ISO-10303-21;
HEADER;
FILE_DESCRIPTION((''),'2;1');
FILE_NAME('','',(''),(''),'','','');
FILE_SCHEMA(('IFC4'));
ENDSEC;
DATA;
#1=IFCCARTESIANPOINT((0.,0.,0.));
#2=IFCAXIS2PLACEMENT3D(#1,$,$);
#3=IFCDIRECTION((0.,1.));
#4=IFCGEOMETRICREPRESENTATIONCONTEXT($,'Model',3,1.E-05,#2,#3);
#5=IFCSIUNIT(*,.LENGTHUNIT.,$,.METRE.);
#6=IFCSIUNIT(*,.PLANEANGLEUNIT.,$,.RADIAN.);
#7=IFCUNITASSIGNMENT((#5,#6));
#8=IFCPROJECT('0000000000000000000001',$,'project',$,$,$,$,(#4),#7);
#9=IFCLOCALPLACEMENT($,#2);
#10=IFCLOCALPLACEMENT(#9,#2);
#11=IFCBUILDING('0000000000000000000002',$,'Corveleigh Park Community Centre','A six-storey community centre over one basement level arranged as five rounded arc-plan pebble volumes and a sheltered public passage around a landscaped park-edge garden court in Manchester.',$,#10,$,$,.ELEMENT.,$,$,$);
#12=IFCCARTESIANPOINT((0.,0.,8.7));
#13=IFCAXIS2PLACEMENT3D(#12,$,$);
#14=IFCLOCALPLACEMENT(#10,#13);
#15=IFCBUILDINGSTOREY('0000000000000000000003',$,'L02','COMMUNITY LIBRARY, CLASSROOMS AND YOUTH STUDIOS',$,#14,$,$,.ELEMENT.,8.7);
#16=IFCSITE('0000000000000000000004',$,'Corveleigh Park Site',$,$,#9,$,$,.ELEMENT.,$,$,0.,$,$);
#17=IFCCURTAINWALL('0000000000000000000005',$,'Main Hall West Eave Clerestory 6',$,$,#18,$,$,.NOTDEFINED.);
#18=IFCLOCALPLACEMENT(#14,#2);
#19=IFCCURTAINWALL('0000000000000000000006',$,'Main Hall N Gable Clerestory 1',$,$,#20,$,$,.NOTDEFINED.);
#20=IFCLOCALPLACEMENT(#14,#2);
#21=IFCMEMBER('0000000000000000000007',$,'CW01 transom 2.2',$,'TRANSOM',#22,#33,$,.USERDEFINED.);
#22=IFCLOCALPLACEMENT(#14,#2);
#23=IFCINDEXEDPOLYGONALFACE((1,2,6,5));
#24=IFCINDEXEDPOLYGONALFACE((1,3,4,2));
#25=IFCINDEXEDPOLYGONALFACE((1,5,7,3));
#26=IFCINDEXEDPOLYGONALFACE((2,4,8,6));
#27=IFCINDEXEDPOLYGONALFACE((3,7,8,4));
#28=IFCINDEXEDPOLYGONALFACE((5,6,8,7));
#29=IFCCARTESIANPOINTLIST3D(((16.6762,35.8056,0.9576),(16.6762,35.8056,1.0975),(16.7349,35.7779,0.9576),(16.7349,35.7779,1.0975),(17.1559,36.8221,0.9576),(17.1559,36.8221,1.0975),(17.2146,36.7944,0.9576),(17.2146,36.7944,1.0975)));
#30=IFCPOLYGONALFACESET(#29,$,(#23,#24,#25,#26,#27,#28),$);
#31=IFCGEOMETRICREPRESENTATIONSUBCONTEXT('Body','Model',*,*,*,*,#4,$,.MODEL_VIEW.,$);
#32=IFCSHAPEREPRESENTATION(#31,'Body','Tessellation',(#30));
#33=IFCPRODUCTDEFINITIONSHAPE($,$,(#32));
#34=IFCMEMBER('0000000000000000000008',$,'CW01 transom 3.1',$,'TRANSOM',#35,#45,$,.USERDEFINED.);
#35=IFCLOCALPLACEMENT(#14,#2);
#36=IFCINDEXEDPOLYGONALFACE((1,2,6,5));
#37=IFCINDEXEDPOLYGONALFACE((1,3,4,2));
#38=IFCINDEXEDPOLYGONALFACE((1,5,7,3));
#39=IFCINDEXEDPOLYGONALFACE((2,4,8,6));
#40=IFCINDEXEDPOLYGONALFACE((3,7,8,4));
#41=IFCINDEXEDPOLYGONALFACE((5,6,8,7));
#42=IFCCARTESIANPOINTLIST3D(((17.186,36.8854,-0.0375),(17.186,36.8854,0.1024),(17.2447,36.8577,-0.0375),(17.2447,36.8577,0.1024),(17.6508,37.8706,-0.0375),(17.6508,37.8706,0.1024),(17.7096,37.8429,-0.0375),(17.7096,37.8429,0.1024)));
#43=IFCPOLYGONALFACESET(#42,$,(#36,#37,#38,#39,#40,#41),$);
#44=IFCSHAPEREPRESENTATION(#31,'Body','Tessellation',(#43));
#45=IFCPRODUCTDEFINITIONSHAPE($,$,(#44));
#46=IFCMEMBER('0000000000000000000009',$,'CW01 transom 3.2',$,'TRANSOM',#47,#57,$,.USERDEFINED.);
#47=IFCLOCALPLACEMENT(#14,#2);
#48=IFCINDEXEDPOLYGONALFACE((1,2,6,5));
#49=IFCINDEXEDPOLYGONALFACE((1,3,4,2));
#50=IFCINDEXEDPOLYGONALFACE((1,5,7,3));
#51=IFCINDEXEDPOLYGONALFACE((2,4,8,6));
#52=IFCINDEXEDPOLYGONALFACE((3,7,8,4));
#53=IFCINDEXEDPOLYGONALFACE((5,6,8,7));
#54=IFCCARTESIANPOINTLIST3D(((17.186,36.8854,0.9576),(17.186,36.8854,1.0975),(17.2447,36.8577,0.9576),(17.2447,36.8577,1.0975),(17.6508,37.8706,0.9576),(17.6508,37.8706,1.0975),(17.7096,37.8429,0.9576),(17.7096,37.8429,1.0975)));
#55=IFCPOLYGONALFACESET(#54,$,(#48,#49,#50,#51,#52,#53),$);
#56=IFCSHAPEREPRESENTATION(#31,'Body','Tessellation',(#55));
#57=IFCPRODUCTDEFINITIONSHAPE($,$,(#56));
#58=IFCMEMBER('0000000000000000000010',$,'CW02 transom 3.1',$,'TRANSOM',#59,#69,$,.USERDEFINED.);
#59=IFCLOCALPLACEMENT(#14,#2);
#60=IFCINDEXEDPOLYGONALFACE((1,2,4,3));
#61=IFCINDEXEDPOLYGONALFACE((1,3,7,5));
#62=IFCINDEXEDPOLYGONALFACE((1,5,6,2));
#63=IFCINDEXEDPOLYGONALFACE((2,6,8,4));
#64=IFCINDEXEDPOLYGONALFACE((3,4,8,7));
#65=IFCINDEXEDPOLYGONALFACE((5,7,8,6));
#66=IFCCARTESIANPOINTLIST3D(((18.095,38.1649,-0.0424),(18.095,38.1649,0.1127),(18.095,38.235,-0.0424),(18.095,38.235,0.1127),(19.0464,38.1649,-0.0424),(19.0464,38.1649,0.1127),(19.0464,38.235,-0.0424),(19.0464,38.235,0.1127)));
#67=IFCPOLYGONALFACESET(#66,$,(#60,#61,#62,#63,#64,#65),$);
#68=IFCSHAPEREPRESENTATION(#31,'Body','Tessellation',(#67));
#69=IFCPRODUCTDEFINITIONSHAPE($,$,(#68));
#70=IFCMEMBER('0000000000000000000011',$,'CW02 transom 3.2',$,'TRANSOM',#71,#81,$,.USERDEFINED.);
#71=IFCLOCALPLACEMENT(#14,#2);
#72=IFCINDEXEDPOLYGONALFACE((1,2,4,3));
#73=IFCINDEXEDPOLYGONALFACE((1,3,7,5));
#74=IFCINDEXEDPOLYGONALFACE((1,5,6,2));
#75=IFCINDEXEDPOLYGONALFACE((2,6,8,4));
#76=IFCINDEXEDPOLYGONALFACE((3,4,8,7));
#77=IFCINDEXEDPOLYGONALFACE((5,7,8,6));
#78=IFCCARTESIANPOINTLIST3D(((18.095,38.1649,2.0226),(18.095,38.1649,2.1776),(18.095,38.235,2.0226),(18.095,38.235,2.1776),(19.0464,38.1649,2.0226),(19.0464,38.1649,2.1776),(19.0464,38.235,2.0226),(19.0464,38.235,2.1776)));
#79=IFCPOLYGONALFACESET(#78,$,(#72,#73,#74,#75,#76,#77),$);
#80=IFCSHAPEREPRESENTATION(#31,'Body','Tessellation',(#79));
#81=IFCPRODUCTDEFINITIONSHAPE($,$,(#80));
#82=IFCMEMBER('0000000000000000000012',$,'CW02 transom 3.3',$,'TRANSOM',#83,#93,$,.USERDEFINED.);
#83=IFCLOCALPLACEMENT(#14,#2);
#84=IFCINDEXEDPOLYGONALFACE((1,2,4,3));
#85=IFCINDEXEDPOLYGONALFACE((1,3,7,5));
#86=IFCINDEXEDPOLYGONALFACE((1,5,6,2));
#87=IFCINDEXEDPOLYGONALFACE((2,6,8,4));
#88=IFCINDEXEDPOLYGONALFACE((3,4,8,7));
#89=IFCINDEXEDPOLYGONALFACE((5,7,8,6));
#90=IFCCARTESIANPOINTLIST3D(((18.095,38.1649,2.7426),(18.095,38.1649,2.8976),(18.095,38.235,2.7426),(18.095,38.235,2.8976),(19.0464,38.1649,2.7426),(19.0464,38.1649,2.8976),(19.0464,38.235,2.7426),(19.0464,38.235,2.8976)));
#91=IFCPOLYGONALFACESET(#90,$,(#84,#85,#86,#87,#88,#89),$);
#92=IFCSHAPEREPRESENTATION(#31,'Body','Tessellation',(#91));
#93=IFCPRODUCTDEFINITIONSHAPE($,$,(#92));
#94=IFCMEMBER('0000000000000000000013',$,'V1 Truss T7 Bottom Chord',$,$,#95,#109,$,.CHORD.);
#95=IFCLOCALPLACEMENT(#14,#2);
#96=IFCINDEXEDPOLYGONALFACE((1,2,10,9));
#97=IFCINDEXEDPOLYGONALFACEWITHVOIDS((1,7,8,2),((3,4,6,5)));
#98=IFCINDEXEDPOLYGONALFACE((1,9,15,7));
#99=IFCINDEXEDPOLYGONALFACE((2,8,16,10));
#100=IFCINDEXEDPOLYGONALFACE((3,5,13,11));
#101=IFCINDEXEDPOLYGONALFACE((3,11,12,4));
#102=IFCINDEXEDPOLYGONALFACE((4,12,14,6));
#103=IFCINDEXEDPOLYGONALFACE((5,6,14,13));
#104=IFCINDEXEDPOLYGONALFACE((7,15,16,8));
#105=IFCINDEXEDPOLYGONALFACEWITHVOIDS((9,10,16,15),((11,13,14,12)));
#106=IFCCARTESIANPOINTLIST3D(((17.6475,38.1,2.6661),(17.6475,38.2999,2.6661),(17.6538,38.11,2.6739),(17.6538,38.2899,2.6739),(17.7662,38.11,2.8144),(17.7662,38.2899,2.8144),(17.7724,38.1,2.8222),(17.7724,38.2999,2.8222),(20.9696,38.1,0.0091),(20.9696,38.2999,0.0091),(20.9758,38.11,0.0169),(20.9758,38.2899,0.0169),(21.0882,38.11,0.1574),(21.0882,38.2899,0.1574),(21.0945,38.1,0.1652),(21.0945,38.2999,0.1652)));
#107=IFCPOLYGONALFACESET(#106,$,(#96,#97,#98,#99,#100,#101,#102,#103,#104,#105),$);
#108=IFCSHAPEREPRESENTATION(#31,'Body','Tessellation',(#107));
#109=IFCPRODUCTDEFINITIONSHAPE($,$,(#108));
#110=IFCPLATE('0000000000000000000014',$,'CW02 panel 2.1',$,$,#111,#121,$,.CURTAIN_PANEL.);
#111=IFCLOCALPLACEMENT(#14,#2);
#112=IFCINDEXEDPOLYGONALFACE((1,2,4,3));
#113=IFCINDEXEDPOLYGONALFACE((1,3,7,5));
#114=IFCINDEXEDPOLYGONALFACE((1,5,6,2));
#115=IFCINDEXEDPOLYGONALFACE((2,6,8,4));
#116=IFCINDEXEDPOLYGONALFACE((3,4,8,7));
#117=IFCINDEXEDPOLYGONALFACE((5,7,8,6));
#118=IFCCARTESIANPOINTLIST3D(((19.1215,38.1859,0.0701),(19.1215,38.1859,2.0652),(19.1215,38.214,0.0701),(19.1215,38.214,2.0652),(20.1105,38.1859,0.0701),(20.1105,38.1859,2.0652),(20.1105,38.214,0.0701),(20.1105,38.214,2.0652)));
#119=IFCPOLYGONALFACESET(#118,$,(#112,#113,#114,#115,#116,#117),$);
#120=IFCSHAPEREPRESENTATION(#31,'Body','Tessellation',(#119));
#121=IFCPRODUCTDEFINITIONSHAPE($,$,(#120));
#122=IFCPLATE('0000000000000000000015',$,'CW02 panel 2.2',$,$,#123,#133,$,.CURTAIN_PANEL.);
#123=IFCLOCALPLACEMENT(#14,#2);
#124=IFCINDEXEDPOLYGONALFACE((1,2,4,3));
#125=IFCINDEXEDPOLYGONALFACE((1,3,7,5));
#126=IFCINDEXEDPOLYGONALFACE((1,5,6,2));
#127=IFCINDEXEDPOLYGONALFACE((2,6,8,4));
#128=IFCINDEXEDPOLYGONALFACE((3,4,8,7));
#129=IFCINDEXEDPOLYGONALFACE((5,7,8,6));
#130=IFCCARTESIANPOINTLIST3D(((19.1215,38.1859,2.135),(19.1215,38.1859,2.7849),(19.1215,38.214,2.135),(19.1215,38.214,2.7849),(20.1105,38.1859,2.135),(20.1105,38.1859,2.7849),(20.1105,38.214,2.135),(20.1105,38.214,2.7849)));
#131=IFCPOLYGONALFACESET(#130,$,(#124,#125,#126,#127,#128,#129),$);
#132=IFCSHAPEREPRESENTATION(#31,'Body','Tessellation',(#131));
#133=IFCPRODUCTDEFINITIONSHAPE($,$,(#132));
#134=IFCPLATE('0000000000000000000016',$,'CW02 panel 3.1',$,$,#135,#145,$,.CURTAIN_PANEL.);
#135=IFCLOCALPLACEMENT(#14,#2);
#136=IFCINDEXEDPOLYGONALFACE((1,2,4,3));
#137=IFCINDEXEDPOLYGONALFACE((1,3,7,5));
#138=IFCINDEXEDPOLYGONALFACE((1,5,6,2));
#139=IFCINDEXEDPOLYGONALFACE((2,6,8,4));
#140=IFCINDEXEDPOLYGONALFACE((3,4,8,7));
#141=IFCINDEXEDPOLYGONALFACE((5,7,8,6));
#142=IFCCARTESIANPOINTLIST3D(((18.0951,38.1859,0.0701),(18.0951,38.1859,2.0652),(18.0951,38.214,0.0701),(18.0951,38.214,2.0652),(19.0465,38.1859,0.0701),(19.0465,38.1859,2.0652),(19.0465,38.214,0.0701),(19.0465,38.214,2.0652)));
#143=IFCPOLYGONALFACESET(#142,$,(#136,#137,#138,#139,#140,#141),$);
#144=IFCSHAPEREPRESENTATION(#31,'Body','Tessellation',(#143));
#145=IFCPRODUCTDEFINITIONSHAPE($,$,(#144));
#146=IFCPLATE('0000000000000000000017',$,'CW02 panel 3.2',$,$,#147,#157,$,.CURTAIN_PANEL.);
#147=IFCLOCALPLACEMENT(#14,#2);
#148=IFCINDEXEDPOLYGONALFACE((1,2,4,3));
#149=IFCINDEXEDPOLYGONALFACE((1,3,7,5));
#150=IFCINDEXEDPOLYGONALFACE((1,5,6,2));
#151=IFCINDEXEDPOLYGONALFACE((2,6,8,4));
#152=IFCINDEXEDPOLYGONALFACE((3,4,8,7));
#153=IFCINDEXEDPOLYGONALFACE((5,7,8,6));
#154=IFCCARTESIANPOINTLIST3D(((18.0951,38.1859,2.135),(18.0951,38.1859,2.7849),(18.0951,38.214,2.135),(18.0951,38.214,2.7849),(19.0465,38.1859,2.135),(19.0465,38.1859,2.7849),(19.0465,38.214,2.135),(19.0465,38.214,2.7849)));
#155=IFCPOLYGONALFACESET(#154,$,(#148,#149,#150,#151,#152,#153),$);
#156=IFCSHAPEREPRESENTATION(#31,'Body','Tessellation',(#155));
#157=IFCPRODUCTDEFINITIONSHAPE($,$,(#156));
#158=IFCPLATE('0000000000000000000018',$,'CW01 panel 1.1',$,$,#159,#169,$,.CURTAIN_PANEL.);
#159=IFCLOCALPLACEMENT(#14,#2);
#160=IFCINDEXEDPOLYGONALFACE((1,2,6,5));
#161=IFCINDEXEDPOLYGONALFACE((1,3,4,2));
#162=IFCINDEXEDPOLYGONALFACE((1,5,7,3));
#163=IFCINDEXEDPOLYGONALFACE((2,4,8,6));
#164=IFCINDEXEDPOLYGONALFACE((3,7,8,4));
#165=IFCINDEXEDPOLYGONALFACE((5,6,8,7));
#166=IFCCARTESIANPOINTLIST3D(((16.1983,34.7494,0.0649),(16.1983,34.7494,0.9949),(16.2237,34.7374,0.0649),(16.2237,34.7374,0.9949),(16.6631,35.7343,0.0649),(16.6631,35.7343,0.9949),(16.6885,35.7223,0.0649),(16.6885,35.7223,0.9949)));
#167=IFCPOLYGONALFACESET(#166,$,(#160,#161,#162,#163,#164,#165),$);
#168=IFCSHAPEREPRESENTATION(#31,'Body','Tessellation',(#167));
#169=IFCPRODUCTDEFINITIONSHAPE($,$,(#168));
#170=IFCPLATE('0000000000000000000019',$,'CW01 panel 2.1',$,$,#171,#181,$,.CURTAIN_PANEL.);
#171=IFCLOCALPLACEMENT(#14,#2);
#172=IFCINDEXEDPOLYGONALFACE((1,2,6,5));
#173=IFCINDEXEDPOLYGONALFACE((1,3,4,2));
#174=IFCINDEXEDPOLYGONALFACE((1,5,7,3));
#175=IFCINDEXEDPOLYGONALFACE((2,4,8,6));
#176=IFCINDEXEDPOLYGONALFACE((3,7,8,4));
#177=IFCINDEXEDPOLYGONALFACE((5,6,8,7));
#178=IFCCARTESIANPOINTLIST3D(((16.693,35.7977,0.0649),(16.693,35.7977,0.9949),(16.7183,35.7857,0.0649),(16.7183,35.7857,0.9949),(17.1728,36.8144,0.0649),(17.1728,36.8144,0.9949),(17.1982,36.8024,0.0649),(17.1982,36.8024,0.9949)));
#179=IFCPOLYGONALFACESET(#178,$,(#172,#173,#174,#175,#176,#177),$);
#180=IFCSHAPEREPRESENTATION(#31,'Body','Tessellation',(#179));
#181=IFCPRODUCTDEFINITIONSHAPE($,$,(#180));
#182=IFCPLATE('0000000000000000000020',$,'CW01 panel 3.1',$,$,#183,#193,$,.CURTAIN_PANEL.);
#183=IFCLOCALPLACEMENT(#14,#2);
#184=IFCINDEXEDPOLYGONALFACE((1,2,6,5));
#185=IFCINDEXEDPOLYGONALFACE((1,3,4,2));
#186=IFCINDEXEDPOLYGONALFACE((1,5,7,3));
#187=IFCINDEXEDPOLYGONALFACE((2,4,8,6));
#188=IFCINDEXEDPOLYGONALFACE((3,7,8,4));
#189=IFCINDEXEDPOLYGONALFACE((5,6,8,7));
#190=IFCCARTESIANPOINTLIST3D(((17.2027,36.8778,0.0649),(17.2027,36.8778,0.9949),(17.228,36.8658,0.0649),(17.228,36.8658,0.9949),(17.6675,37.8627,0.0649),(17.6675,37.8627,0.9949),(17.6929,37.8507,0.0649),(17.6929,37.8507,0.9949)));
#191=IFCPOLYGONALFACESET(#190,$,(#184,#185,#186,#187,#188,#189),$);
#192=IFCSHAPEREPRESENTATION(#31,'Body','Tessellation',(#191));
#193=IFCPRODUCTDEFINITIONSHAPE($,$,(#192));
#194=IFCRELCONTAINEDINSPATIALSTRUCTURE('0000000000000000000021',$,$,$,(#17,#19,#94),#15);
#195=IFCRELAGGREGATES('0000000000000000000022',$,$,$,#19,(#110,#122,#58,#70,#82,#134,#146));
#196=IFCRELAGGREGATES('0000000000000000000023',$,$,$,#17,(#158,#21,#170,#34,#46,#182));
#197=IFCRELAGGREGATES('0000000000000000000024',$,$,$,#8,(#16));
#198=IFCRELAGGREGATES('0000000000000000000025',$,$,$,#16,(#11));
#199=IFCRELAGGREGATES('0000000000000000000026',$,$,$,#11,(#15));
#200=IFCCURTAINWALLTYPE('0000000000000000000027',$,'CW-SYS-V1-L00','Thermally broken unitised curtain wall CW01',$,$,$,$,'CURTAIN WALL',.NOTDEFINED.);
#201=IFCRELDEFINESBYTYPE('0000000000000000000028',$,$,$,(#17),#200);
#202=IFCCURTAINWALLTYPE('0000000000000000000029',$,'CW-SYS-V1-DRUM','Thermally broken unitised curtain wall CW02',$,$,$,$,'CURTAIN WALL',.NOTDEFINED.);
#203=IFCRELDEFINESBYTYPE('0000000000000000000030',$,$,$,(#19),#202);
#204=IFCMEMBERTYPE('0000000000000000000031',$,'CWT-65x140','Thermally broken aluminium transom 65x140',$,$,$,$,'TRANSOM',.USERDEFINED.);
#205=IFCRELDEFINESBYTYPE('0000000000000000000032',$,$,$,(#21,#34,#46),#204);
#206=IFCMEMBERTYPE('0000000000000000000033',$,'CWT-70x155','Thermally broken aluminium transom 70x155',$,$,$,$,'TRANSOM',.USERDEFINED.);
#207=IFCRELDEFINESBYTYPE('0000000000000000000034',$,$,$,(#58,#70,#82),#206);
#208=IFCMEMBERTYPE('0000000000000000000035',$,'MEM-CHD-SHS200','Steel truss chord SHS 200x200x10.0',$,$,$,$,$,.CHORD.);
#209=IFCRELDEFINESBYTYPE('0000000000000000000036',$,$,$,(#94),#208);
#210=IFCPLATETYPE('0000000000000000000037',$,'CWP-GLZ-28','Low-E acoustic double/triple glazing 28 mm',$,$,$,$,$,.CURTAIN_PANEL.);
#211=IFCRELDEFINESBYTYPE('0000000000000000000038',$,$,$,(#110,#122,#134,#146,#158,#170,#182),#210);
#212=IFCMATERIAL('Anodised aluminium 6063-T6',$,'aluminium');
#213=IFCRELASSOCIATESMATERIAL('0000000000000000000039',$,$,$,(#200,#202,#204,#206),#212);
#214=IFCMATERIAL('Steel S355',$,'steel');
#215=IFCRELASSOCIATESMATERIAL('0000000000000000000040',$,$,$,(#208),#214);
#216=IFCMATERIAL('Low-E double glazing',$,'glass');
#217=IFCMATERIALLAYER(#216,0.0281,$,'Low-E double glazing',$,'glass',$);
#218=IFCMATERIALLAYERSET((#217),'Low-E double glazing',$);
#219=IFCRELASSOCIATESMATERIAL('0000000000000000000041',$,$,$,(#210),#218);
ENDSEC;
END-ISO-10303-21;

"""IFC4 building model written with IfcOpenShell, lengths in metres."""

from ifc_helpers import new_model, si_unit, direction, frame, origin, origin_2d, place, context, subcontext, project, spatial, rectangle, hollow_rectangle, extrude, material, layer, layer_set, material_profile, profile_set, type_object, element, aggregate, save


model = new_model("IFC4")

# Units and contexts
model_context = context("Model", 3, precision=1e-05, world=origin(), true_north=direction((0.0, 1.0)))
body_context = subcontext(model_context, "Body", "Model", "MODEL_VIEW")
ifc_project = project(units=[si_unit("LENGTHUNIT", "METRE"), si_unit("PLANEANGLEUNIT", "RADIAN")], contexts=[model_context])

# Site, building, storey
site_placement = place(None, origin())
site = spatial("IfcSite", under=ifc_project, at=site_placement, Name="Corveleigh Park Site", CompositionType="ELEMENT", RefElevation=0.0)
building_placement = place(site_placement, origin())
building = spatial("IfcBuilding", under=site, at=building_placement, Name="Corveleigh Park Community Centre", Description="A six-storey community centre over one basement level arranged as five rounded arc-plan pebble volumes and a sheltered public passage around a landscaped park-edge garden court in Manchester.", CompositionType="ELEMENT")
storey_placement = place(building_placement, frame((0.0, 0.0, 8.7)))
storey = spatial("IfcBuildingStorey", under=building, at=storey_placement, Name="L02", Description="COMMUNITY LIBRARY, CLASSROOMS AND YOUTH STUDIOS", CompositionType="ELEMENT", Elevation=8.7)

# Shared definitions
ifc_material_1 = material(Name="Steel S355", Category="steel")

# Curtain walls
ifc_material_2 = material(Name="Anodised aluminium 6063-T6", Category="aluminium")
curtain_wall_type_1 = type_object("IfcCurtainWallType", Name="CW-SYS-V1-L00", Description="Thermally broken unitised curtain wall CW01", ElementType="CURTAIN WALL", PredefinedType="NOTDEFINED", material=ifc_material_2)
curtain_wall_1_placement = place(storey_placement, origin())
curtain_wall_1 = element("IfcCurtainWall", 1, at=curtain_wall_1_placement, inside=storey, type_object=curtain_wall_type_1, Name="Main Hall West Eave Clerestory 6", PredefinedType="NOTDEFINED")
curtain_wall_type_2 = type_object("IfcCurtainWallType", Name="CW-SYS-V1-DRUM", Description="Thermally broken unitised curtain wall CW02", ElementType="CURTAIN WALL", PredefinedType="NOTDEFINED", material=ifc_material_2)
curtain_wall_2_placement = place(storey_placement, origin())
curtain_wall_2 = element("IfcCurtainWall", 2, at=curtain_wall_2_placement, inside=storey, type_object=curtain_wall_type_2, Name="Main Hall N Gable Clerestory 1", PredefinedType="NOTDEFINED")

# Members
ifc_material_profile_1 = material_profile(ifc_material_2, rectangle(XDim=0.0649, YDim=0.1399, at=origin_2d()), Name="ALU-T65x140", Category="aluminium")
ifc_profile_set_1 = profile_set([ifc_material_profile_1], Name="Anodised aluminium 6063-T6")
member_type_1 = type_object("IfcMemberType", Name="CWT-65x140", Description="Thermally broken aluminium transom 65x140", ElementType="TRANSOM", PredefinedType="USERDEFINED", material=ifc_profile_set_1)
member_1_placement = place(storey_placement, frame((16.7056, 35.7917, 1.0276), z_axis=(0.42677, 0.90436, 0.0), x_axis=(-0.90436, 0.42677, 0.0)))
member_1 = element("IfcMember", 3, at=member_1_placement, type_object=member_type_1, Name="CW01 transom 2.2", ObjectType="TRANSOM", PredefinedType="USERDEFINED", context=body_context, shape_type="SweptSolid", body=[
    extrude(rectangle(XDim=0.0649, YDim=0.1399, at=origin_2d()), origin(), (0.0, 0.0, 1.0), 1.124),
])
member_2_placement = place(storey_placement, frame((17.2153, 36.8716, 0.0325), z_axis=(0.426747, 0.904371, 0.0), x_axis=(-0.904371, 0.426747, 0.0)))
member_2 = element("IfcMember", 4, at=member_2_placement, type_object=member_type_1, Name="CW01 transom 3.1", ObjectType="TRANSOM", PredefinedType="USERDEFINED", context=body_context, shape_type="SweptSolid", body=[
    extrude(rectangle(XDim=0.0649, YDim=0.1399, at=origin_2d()), origin(), (0.0, 0.0, 1.0), 1.0894),
])
member_3_placement = place(storey_placement, frame((17.2153, 36.8716, 1.0276), z_axis=(0.426747, 0.904371, 0.0), x_axis=(-0.904371, 0.426747, 0.0)))
member_3 = element("IfcMember", 5, at=member_3_placement, type_object=member_type_1, Name="CW01 transom 3.2", ObjectType="TRANSOM", PredefinedType="USERDEFINED", context=body_context, shape_type="SweptSolid", body=[
    extrude(rectangle(XDim=0.0649, YDim=0.1399, at=origin_2d()), origin(), (0.0, 0.0, 1.0), 1.0894),
])
ifc_material_profile_2 = material_profile(ifc_material_2, rectangle(XDim=0.0701, YDim=0.155, at=origin_2d()), Name="ALU-T70x155", Category="aluminium")
ifc_profile_set_2 = profile_set([ifc_material_profile_2], Name="Anodised aluminium 6063-T6")
member_type_2 = type_object("IfcMemberType", Name="CWT-70x155", Description="Thermally broken aluminium transom 70x155", ElementType="TRANSOM", PredefinedType="USERDEFINED", material=ifc_profile_set_2)
member_4_placement = place(storey_placement, frame((19.0464, 38.2, 0.0352), z_axis=(-1.0, 0.0, 0.0), x_axis=(0.0, -1.0, 0.0)))
member_4 = element("IfcMember", 6, at=member_4_placement, type_object=member_type_2, Name="CW02 transom 3.1", ObjectType="TRANSOM", PredefinedType="USERDEFINED", context=body_context, shape_type="SweptSolid", body=[
    extrude(rectangle(XDim=0.0701, YDim=0.155, at=origin_2d()), origin(), (0.0, 0.0, 1.0), 0.9514),
])
member_5_placement = place(storey_placement, frame((19.0464, 38.2, 2.1001), z_axis=(-1.0, 0.0, 0.0), x_axis=(0.0, -1.0, 0.0)))
member_5 = element("IfcMember", 7, at=member_5_placement, type_object=member_type_2, Name="CW02 transom 3.2", ObjectType="TRANSOM", PredefinedType="USERDEFINED", context=body_context, shape_type="SweptSolid", body=[
    extrude(rectangle(XDim=0.0701, YDim=0.155, at=origin_2d()), origin(), (0.0, 0.0, 1.0), 0.9514),
])
member_6_placement = place(storey_placement, frame((19.0464, 38.2, 2.8201), z_axis=(-1.0, 0.0, 0.0), x_axis=(0.0, -1.0, 0.0)))
member_6 = element("IfcMember", 8, at=member_6_placement, type_object=member_type_2, Name="CW02 transom 3.3", ObjectType="TRANSOM", PredefinedType="USERDEFINED", context=body_context, shape_type="SweptSolid", body=[
    extrude(rectangle(XDim=0.0701, YDim=0.155, at=origin_2d()), origin(), (0.0, 0.0, 1.0), 0.9514),
])
ifc_material_profile_3 = material_profile(ifc_material_1, hollow_rectangle(XDim=0.2, YDim=0.2, WallThickness=0.01, at=origin_2d()), Name="SHS 200x200x10.0", Category="steel")
ifc_profile_set_3 = profile_set([ifc_material_profile_3], Name="Steel S355")
member_type_3 = type_object("IfcMemberType", Name="MEM-CHD-SHS200", Description="Steel truss chord SHS 200x200x10.0", PredefinedType="CHORD", material=ifc_profile_set_3)
member_7_placement = place(storey_placement, frame((17.71, 38.2, 2.7441), z_axis=(0.780942, 0.0, -0.624604), x_axis=(0.0, 1.0, 0.0)))
element("IfcMember", 9, at=member_7_placement, inside=storey, type_object=member_type_3, Name="V1 Truss T7 Bottom Chord", PredefinedType="CHORD", context=body_context, shape_type="SweptSolid", body=[
    extrude(hollow_rectangle(XDim=0.2, YDim=0.2, WallThickness=0.01, at=origin_2d()), origin(), (0.0, 0.0, 1.0), 4.2539),
])

# Plates
ifc_material_3 = material(Name="Low-E double glazing", Category="glass")
ifc_layer_1 = layer(ifc_material_3, 0.0281, Name="Low-E double glazing", Category="glass")
ifc_layer_set_1 = layer_set([ifc_layer_1], Name="Low-E double glazing")
plate_type_1 = type_object("IfcPlateType", Name="CWP-GLZ-28", Description="Low-E acoustic double/triple glazing 28 mm", PredefinedType="CURTAIN_PANEL", material=ifc_layer_set_1)
plate_1_placement = place(storey_placement, frame((19.616, 38.2, 0.0701), z_axis=(0.0, 0.0, 1.0), x_axis=(-1.0, 0.0, 0.0)))
plate_1 = element("IfcPlate", 10, at=plate_1_placement, type_object=plate_type_1, Name="CW02 panel 2.1", PredefinedType="CURTAIN_PANEL", context=body_context, shape_type="SweptSolid", body=[
    extrude(rectangle(XDim=0.989, YDim=0.0281, at=origin_2d()), origin(), (0.0, 0.0, 1.0), 1.9951),
])
plate_2_placement = place(storey_placement, frame((19.616, 38.2, 2.135), z_axis=(0.0, 0.0, 1.0), x_axis=(-1.0, 0.0, 0.0)))
plate_2 = element("IfcPlate", 11, at=plate_2_placement, type_object=plate_type_1, Name="CW02 panel 2.2", PredefinedType="CURTAIN_PANEL", context=body_context, shape_type="SweptSolid", body=[
    extrude(rectangle(XDim=0.989, YDim=0.0281, at=origin_2d()), origin(), (0.0, 0.0, 1.0), 0.6499),
])
plate_3_placement = place(storey_placement, frame((18.5708, 38.2, 0.0701), z_axis=(0.0, 0.0, 1.0), x_axis=(-1.0, 0.0, 0.0)))
plate_3 = element("IfcPlate", 12, at=plate_3_placement, type_object=plate_type_1, Name="CW02 panel 3.1", PredefinedType="CURTAIN_PANEL", context=body_context, shape_type="SweptSolid", body=[
    extrude(rectangle(XDim=0.9514, YDim=0.0281, at=origin_2d()), origin(), (0.0, 0.0, 1.0), 1.9951),
])
plate_4_placement = place(storey_placement, frame((18.5708, 38.2, 2.135), z_axis=(0.0, 0.0, 1.0), x_axis=(-1.0, 0.0, 0.0)))
plate_4 = element("IfcPlate", 13, at=plate_4_placement, type_object=plate_type_1, Name="CW02 panel 3.2", PredefinedType="CURTAIN_PANEL", context=body_context, shape_type="SweptSolid", body=[
    extrude(rectangle(XDim=0.9514, YDim=0.0281, at=origin_2d()), origin(), (0.0, 0.0, 1.0), 0.6499),
])
aggregate(curtain_wall_2, [plate_1, plate_2, member_4, member_5, member_6, plate_3, plate_4])
plate_5_placement = place(storey_placement, frame((16.4434, 35.2358, 0.0649), z_axis=(0.0, 0.0, 1.0), x_axis=(0.426778, 0.904356, 0.0)))
plate_5 = element("IfcPlate", 14, at=plate_5_placement, type_object=plate_type_1, Name="CW01 panel 1.1", PredefinedType="CURTAIN_PANEL", context=body_context, shape_type="SweptSolid", body=[
    extrude(rectangle(XDim=1.0891, YDim=0.0281, at=origin_2d()), origin(), (0.0, 0.0, 1.0), 0.9299),
])
plate_6_placement = place(storey_placement, frame((16.9456, 36.3, 0.0649), z_axis=(0.0, 0.0, 1.0), x_axis=(0.426778, 0.904356, 0.0)))
plate_6 = element("IfcPlate", 15, at=plate_6_placement, type_object=plate_type_1, Name="CW01 panel 2.1", PredefinedType="CURTAIN_PANEL", context=body_context, shape_type="SweptSolid", body=[
    extrude(rectangle(XDim=1.1243, YDim=0.0281, at=origin_2d()), origin(), (0.0, 0.0, 1.0), 0.9299),
])
plate_7_placement = place(storey_placement, frame((17.4478, 37.3643, 0.0649), z_axis=(0.0, 0.0, 1.0), x_axis=(0.426778, 0.904356, 0.0)))
plate_7 = element("IfcPlate", 16, at=plate_7_placement, type_object=plate_type_1, Name="CW01 panel 3.1", PredefinedType="CURTAIN_PANEL", context=body_context, shape_type="SweptSolid", body=[
    extrude(rectangle(XDim=1.0891, YDim=0.0281, at=origin_2d()), origin(), (0.0, 0.0, 1.0), 0.9299),
])
aggregate(curtain_wall_1, [plate_5, member_1, plate_6, member_2, member_3, plate_7])

save(model, "model.ifc")
